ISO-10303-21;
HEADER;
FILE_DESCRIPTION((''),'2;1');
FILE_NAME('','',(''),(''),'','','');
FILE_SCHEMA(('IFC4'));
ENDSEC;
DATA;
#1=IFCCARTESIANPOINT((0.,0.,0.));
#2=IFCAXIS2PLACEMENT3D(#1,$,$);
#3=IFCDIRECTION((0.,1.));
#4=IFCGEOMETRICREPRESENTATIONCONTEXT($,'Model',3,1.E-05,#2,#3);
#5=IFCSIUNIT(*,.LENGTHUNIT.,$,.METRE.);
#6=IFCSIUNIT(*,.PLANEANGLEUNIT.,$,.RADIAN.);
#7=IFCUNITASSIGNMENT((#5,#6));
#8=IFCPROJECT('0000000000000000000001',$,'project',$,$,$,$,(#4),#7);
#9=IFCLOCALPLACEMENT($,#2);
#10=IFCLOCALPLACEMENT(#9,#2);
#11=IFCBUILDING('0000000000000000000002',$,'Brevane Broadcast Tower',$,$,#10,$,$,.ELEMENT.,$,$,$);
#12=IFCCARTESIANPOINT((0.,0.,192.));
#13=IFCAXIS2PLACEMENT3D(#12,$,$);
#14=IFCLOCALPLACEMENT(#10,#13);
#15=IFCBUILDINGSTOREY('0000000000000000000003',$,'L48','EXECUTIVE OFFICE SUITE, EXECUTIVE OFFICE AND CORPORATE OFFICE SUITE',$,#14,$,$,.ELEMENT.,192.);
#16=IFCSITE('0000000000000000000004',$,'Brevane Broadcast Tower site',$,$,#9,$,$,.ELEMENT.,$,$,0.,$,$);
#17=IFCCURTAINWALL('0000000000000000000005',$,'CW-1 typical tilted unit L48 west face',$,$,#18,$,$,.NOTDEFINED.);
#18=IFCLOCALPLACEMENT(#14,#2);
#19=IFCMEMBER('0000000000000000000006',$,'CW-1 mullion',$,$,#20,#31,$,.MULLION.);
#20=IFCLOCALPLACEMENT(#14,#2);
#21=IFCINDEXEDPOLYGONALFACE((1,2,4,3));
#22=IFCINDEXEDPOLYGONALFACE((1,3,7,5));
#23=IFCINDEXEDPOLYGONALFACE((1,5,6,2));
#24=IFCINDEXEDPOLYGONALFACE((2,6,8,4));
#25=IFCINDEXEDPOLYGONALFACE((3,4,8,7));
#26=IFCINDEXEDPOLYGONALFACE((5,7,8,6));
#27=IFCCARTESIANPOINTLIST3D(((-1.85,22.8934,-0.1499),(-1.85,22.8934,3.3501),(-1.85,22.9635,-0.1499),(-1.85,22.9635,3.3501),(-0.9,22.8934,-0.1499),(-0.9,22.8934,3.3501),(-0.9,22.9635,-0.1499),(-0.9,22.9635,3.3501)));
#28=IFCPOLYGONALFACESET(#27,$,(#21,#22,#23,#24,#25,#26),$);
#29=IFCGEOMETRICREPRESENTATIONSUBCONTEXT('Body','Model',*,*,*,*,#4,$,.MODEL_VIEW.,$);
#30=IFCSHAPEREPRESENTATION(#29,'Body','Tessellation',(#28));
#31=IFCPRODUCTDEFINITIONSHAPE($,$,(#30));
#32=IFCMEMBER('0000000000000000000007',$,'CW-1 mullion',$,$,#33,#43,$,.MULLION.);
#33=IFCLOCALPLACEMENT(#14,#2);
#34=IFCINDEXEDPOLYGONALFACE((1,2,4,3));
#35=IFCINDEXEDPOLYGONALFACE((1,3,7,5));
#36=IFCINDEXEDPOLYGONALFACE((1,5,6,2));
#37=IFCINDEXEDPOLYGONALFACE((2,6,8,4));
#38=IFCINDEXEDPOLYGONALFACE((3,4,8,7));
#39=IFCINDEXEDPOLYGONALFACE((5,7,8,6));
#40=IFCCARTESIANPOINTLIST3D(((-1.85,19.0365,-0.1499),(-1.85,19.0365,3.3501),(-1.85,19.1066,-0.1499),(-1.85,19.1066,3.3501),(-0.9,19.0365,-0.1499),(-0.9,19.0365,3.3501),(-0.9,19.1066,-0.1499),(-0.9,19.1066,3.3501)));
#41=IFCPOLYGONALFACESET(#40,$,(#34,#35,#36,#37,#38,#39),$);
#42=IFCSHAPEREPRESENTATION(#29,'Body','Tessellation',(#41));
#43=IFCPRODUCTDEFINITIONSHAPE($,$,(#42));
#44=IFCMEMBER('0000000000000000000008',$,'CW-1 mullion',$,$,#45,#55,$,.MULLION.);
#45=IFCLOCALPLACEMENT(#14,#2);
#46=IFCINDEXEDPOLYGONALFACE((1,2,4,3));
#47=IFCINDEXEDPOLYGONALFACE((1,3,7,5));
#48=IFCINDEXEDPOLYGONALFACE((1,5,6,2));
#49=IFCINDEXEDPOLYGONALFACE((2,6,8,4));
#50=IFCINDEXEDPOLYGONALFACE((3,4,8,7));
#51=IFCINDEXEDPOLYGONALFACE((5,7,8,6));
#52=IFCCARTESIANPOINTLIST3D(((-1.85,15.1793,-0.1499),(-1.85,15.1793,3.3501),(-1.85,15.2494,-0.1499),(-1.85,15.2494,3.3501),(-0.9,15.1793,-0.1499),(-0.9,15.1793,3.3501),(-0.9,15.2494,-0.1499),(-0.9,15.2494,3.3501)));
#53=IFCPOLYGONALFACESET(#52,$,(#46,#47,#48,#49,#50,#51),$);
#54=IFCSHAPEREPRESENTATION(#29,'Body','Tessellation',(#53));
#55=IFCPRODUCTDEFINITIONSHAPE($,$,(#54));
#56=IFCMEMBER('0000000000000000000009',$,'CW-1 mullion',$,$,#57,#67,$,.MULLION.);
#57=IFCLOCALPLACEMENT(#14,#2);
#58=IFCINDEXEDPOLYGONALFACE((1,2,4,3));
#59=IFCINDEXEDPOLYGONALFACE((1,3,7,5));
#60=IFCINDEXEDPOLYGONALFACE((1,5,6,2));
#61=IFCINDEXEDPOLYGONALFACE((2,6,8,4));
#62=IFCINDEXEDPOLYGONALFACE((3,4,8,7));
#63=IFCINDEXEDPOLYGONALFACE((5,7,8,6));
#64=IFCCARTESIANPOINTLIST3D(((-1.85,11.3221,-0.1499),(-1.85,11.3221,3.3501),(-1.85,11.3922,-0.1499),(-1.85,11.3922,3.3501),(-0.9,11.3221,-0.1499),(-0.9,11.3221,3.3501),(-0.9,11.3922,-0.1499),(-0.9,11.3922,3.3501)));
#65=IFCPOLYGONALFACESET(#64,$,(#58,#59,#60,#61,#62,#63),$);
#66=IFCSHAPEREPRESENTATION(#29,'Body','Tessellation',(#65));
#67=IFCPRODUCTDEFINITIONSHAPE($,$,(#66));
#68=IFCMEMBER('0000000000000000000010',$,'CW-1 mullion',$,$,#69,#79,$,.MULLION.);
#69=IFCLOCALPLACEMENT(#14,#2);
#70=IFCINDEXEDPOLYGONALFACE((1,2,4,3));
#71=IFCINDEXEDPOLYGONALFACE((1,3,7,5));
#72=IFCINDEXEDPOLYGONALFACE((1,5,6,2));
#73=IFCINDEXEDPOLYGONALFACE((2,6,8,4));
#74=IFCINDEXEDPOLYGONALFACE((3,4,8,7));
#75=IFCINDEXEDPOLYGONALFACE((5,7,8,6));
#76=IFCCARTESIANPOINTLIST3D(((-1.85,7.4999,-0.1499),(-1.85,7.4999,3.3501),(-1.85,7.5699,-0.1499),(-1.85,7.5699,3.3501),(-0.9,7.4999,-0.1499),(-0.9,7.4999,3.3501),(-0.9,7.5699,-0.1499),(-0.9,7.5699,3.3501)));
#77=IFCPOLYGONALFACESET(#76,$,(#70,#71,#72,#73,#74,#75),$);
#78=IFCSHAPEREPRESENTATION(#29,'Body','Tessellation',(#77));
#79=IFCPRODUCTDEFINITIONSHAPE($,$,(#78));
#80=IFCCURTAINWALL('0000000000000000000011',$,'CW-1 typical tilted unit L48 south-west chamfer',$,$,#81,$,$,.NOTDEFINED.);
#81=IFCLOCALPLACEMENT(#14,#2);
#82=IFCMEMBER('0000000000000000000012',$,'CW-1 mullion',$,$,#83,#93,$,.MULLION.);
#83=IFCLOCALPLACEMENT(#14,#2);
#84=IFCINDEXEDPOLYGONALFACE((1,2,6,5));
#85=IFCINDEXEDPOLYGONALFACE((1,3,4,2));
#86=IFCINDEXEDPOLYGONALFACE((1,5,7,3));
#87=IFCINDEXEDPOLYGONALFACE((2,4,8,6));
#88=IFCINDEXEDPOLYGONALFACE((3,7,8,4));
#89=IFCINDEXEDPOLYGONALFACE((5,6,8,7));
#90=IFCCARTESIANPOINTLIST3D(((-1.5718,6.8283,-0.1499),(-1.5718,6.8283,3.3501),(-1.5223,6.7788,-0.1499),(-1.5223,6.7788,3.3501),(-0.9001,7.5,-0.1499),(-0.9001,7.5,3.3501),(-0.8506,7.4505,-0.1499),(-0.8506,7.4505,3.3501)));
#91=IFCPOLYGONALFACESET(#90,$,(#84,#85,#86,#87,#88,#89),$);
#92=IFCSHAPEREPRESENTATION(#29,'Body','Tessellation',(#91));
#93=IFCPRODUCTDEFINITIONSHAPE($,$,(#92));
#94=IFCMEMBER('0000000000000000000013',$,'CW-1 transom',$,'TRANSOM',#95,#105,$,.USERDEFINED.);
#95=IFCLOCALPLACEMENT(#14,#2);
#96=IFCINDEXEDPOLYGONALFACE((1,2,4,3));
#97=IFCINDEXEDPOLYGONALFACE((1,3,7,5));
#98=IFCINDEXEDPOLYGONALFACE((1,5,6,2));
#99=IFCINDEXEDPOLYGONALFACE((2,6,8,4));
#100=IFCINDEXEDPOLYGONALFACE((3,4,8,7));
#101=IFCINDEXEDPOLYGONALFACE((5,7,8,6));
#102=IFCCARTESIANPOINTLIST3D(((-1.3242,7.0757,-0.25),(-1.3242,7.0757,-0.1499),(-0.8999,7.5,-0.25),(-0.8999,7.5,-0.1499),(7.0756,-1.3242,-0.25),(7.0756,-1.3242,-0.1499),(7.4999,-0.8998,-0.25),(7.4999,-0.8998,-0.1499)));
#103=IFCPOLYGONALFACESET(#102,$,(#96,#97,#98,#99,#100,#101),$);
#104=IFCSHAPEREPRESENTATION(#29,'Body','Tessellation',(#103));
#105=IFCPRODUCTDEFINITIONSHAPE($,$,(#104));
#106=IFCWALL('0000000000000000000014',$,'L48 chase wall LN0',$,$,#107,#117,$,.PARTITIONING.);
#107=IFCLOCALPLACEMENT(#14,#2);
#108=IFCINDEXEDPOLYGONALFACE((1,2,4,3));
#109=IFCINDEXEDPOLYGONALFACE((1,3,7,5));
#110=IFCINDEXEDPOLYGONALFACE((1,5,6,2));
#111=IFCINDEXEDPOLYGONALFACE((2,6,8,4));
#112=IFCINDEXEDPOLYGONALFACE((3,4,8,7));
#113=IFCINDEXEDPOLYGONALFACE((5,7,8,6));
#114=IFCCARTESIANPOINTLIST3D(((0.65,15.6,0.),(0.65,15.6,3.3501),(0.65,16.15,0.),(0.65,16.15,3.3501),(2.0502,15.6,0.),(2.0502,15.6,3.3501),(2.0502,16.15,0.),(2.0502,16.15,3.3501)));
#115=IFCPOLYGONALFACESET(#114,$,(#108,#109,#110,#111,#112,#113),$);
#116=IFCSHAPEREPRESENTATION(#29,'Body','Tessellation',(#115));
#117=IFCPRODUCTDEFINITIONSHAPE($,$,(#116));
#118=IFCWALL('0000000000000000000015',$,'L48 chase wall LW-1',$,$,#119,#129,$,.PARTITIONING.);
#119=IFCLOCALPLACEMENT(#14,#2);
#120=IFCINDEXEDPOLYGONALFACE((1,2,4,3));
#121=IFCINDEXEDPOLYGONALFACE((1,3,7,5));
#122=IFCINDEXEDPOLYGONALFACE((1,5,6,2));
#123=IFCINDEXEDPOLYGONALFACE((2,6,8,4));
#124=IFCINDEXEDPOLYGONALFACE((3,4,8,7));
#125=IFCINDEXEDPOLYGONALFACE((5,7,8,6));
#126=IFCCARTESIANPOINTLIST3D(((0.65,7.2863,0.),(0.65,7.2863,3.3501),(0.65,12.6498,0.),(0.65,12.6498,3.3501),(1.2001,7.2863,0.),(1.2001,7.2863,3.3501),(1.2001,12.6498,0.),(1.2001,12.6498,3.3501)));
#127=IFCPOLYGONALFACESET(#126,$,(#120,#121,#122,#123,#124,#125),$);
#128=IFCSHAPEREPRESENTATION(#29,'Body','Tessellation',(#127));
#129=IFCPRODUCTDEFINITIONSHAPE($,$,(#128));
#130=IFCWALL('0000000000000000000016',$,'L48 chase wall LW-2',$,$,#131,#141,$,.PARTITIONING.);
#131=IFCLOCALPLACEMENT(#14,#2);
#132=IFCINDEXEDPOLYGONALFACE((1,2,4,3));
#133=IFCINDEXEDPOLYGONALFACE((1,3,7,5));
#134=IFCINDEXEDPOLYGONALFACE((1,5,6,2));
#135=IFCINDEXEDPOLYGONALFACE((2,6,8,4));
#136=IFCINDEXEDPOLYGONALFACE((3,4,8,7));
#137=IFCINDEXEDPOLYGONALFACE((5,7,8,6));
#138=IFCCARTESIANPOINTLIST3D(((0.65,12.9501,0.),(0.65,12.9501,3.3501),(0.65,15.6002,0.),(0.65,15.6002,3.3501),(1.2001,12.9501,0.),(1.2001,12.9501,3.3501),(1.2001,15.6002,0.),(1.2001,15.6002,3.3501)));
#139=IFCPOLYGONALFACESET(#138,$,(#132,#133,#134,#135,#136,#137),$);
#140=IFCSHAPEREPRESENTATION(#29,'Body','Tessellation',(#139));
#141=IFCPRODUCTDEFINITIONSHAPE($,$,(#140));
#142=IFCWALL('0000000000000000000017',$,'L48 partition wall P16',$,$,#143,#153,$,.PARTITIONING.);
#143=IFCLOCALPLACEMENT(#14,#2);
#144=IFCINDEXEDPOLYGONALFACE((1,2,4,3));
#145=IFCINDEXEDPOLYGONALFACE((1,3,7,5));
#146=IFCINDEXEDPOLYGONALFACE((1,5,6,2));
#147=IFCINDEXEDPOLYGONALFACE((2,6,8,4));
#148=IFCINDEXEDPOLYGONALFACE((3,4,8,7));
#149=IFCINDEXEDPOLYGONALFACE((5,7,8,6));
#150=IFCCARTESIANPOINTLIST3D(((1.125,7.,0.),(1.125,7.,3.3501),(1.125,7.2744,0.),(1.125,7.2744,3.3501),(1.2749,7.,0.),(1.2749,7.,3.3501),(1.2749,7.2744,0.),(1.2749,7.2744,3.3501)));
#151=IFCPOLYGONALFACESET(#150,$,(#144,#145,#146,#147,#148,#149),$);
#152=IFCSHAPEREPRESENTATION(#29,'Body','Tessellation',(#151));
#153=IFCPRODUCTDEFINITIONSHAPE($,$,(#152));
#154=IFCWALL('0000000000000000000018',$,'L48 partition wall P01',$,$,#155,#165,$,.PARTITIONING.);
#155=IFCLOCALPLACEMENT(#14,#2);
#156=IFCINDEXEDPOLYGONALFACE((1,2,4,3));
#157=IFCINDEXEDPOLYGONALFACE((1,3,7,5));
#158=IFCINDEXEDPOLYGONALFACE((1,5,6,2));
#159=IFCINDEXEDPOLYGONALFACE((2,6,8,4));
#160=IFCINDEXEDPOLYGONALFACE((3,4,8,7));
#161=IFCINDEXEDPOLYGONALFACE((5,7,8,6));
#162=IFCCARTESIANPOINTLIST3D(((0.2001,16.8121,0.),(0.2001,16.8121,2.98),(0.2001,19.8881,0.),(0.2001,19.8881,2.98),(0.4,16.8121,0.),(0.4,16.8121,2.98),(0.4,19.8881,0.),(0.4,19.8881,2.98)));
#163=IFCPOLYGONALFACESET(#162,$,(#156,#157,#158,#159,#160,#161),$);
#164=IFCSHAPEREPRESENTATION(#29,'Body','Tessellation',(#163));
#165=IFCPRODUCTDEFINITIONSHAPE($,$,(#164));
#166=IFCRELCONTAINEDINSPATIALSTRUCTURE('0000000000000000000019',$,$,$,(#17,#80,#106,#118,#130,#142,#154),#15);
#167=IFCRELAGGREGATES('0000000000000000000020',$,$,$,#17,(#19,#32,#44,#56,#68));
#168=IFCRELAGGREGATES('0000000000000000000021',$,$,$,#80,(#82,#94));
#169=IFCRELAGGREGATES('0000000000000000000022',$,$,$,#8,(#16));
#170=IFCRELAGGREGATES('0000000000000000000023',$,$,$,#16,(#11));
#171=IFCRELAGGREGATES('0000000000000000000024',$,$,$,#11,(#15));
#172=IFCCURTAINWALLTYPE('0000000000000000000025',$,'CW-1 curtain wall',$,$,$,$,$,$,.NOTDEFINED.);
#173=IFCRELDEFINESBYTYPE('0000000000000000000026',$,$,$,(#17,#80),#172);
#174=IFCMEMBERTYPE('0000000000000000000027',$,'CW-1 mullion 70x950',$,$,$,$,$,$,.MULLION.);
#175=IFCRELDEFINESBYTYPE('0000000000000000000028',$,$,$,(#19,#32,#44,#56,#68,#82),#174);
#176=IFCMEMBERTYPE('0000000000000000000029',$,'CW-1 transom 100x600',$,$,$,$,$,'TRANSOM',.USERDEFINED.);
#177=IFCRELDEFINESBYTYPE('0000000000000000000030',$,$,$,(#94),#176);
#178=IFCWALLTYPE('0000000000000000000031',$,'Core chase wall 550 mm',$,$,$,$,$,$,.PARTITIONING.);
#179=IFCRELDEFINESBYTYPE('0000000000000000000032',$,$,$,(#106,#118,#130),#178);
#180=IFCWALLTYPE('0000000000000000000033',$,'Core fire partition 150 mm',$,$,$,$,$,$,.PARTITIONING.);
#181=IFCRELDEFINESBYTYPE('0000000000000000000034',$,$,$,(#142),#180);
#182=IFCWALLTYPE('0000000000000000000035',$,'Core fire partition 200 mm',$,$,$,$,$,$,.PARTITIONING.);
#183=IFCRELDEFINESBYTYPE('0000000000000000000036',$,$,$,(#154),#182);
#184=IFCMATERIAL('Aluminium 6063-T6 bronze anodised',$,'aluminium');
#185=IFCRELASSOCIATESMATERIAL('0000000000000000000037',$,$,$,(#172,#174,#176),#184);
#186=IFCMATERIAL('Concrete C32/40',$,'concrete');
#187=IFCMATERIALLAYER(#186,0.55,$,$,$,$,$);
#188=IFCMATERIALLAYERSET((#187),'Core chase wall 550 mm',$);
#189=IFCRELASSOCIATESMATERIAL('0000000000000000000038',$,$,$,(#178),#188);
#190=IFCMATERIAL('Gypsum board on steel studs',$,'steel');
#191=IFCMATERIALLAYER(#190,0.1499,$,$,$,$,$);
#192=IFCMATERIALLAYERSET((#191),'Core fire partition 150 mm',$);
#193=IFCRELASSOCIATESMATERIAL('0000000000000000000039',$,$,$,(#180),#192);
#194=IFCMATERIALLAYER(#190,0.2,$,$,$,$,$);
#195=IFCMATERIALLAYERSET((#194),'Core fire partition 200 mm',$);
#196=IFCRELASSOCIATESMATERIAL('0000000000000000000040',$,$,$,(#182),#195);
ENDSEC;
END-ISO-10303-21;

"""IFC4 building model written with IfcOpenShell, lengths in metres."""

from ifc_helpers import new_model, si_unit, direction, frame, frame_2d, origin, origin_2d, place, context, subcontext, project, spatial, rectangle, extrude, material, layer, layer_set, material_profile, profile_set, type_object, element, aggregate, save


model = new_model("IFC4")

# Units and contexts
model_context = context("Model", 3, precision=1e-05, world=origin(), true_north=direction((0.0, 1.0)))
body_context = subcontext(model_context, "Body", "Model", "MODEL_VIEW")
ifc_project = project(units=[si_unit("LENGTHUNIT", "METRE"), si_unit("PLANEANGLEUNIT", "RADIAN")], contexts=[model_context])

# Site, building, storey
site_placement = place(None, origin())
site = spatial("IfcSite", under=ifc_project, at=site_placement, Name="Brevane Broadcast Tower site", CompositionType="ELEMENT", RefElevation=0.0)
building_placement = place(site_placement, origin())
building = spatial("IfcBuilding", under=site, at=building_placement, Name="Brevane Broadcast Tower", CompositionType="ELEMENT")
storey_placement = place(building_placement, frame((0.0, 0.0, 192.0)))
storey = spatial("IfcBuildingStorey", under=building, at=storey_placement, Name="L48", Description="EXECUTIVE OFFICE SUITE, EXECUTIVE OFFICE AND CORPORATE OFFICE SUITE", CompositionType="ELEMENT", Elevation=192.0)

# Curtain walls, members
ifc_material_1 = material(Name="Aluminium 6063-T6 bronze anodised", Category="aluminium")
curtain_wall_type = type_object("IfcCurtainWallType", Name="CW-1 curtain wall", PredefinedType="NOTDEFINED", material=ifc_material_1)
curtain_wall_1_placement = place(storey_placement, origin())
curtain_wall_1 = element("IfcCurtainWall", 1, at=curtain_wall_1_placement, inside=storey, type_object=curtain_wall_type, Name="CW-1 typical tilted unit L48 west face", PredefinedType="NOTDEFINED")
ifc_material_profile_1 = material_profile(ifc_material_1, rectangle(XDim=0.95, YDim=0.0701, at=origin_2d()), Name="RECT 70x950")
ifc_profile_set_1 = profile_set([ifc_material_profile_1], Name="Aluminium 6063-T6 bronze anodised")
member_type_1 = type_object("IfcMemberType", Name="CW-1 mullion 70x950", PredefinedType="MULLION", material=ifc_profile_set_1)
member_1_placement = place(storey_placement, frame((-1.375, 22.9285, -0.1499), z_axis=(0.0, 0.0, 1.0), x_axis=(1.0, 0.0, 0.0)))
member_1 = element("IfcMember", 2, at=member_1_placement, type_object=member_type_1, Name="CW-1 mullion", PredefinedType="MULLION", context=body_context, shape_type="SweptSolid", body=[
    extrude(rectangle(XDim=0.95, YDim=0.0701, at=origin_2d()), origin(), (0.0, 0.0, 1.0), 3.5),
])
member_2_placement = place(storey_placement, frame((-1.375, 19.0715, -0.1499), z_axis=(0.0, 0.0, 1.0), x_axis=(1.0, 0.0, 0.0)))
member_2 = element("IfcMember", 3, at=member_2_placement, type_object=member_type_1, Name="CW-1 mullion", PredefinedType="MULLION", context=body_context, shape_type="SweptSolid", body=[
    extrude(rectangle(XDim=0.95, YDim=0.0701, at=origin_2d()), origin(), (0.0, 0.0, 1.0), 3.5),
])
member_3_placement = place(storey_placement, frame((-1.375, 15.2144, -0.1499), z_axis=(0.0, 0.0, 1.0), x_axis=(1.0, 0.0, 0.0)))
member_3 = element("IfcMember", 4, at=member_3_placement, type_object=member_type_1, Name="CW-1 mullion", PredefinedType="MULLION", context=body_context, shape_type="SweptSolid", body=[
    extrude(rectangle(XDim=0.95, YDim=0.0701, at=origin_2d()), origin(), (0.0, 0.0, 1.0), 3.5),
])
member_4_placement = place(storey_placement, frame((-1.375, 11.3572, -0.1499), z_axis=(0.0, 0.0, 1.0), x_axis=(1.0, 0.0, 0.0)))
member_4 = element("IfcMember", 5, at=member_4_placement, type_object=member_type_1, Name="CW-1 mullion", PredefinedType="MULLION", context=body_context, shape_type="SweptSolid", body=[
    extrude(rectangle(XDim=0.95, YDim=0.0701, at=origin_2d()), origin(), (0.0, 0.0, 1.0), 3.5),
])
member_5_placement = place(storey_placement, frame((-1.375, 7.5349, -0.1499), z_axis=(0.0, 0.0, 1.0), x_axis=(1.0, 0.0, 0.0)))
member_5 = element("IfcMember", 6, at=member_5_placement, type_object=member_type_1, Name="CW-1 mullion", PredefinedType="MULLION", context=body_context, shape_type="SweptSolid", body=[
    extrude(rectangle(XDim=0.95, YDim=0.0701, at=origin_2d()), origin(), (0.0, 0.0, 1.0), 3.5),
])
aggregate(curtain_wall_1, [member_1, member_2, member_3, member_4, member_5])
curtain_wall_2_placement = place(storey_placement, origin())
curtain_wall_2 = element("IfcCurtainWall", 7, at=curtain_wall_2_placement, inside=storey, type_object=curtain_wall_type, Name="CW-1 typical tilted unit L48 south-west chamfer", PredefinedType="NOTDEFINED")
member_6_placement = place(storey_placement, frame((-1.2112, 7.1394, -0.1499), z_axis=(0.0, 0.0, 1.0), x_axis=(0.707107, 0.707107, 0.0)))
member_6 = element("IfcMember", 8, at=member_6_placement, type_object=member_type_1, Name="CW-1 mullion", PredefinedType="MULLION", context=body_context, shape_type="SweptSolid", body=[
    extrude(rectangle(XDim=0.95, YDim=0.0701, at=origin_2d()), origin(), (0.0, 0.0, 1.0), 3.5),
])
ifc_material_profile_2 = material_profile(ifc_material_1, rectangle(XDim=0.6001, YDim=0.1001, at=origin_2d()), Name="RECT 100x600")
ifc_profile_set_2 = profile_set([ifc_material_profile_2], Name="Aluminium 6063-T6 bronze anodised")
member_type_2 = type_object("IfcMemberType", Name="CW-1 transom 100x600", ElementType="TRANSOM", PredefinedType="USERDEFINED", material=ifc_profile_set_2)
member_7_placement = place(storey_placement, frame((-1.1121, 7.2878, -0.2), z_axis=(0.707107, -0.707107, 0.0), x_axis=(0.707107, 0.707107, 0.0)))
member_7 = element("IfcMember", 9, at=member_7_placement, type_object=member_type_2, Name="CW-1 transom", ObjectType="TRANSOM", PredefinedType="USERDEFINED", context=body_context, shape_type="SweptSolid", body=[
    extrude(rectangle(XDim=0.6001, YDim=0.1001, at=origin_2d()), origin(), (0.0, 0.0, 1.0), 11.8792),
])
aggregate(curtain_wall_2, [member_6, member_7])

# Walls
ifc_material_2 = material(Name="Concrete C32/40", Category="concrete")
ifc_layer_1 = layer(ifc_material_2, 0.55)
ifc_layer_set_1 = layer_set([ifc_layer_1], Name="Core chase wall 550 mm")
wall_type_1 = type_object("IfcWallType", Name="Core chase wall 550 mm", PredefinedType="PARTITIONING", material=ifc_layer_set_1)
wall_1_placement = place(storey_placement, frame((0.6499, 15.875, 0.0), z_axis=(0.0, 0.0, 1.0), x_axis=(1.0, 0.0, 0.0)))
element("IfcWall", 10, at=wall_1_placement, inside=storey, type_object=wall_type_1, Name="L48 chase wall LN0", PredefinedType="PARTITIONING", context=body_context, shape_type="SweptSolid", body=[
    extrude(rectangle(XDim=1.4001, YDim=0.55, at=frame_2d((0.7002, 0.0))), origin(), (0.0, 0.0, 1.0), 3.3501),
])
wall_2_placement = place(storey_placement, frame((0.925, 7.2864, 0.0), z_axis=(0.0, 0.0, 1.0), x_axis=(0.0, 1.0, 0.0)))
element("IfcWall", 11, at=wall_2_placement, inside=storey, type_object=wall_type_1, Name="L48 chase wall LW-1", PredefinedType="PARTITIONING", context=body_context, shape_type="SweptSolid", body=[
    extrude(rectangle(XDim=5.3635, YDim=0.55, at=frame_2d((2.6816, 0.0))), origin(), (0.0, 0.0, 1.0), 3.3501),
])
wall_3_placement = place(storey_placement, frame((0.925, 12.95, 0.0), z_axis=(0.0, 0.0, 1.0), x_axis=(0.0, 1.0, 0.0)))
element("IfcWall", 12, at=wall_3_placement, inside=storey, type_object=wall_type_1, Name="L48 chase wall LW-2", PredefinedType="PARTITIONING", context=body_context, shape_type="SweptSolid", body=[
    extrude(rectangle(XDim=2.6501, YDim=0.55, at=frame_2d((1.3252, 0.0))), origin(), (0.0, 0.0, 1.0), 3.3501),
])
ifc_material_3 = material(Name="Gypsum board on steel studs", Category="steel")
ifc_layer_2 = layer(ifc_material_3, 0.1499)
ifc_layer_set_2 = layer_set([ifc_layer_2], Name="Core fire partition 150 mm")
wall_type_2 = type_object("IfcWallType", Name="Core fire partition 150 mm", PredefinedType="PARTITIONING", material=ifc_layer_set_2)
wall_4_placement = place(storey_placement, frame((1.2, 7.2744, 0.0), z_axis=(0.0, 0.0, 1.0), x_axis=(0.0, -1.0, 0.0)))
element("IfcWall", 13, at=wall_4_placement, inside=storey, type_object=wall_type_2, Name="L48 partition wall P16", PredefinedType="PARTITIONING", context=body_context, shape_type="SweptSolid", body=[
    extrude(rectangle(XDim=0.2744, YDim=0.1499, at=frame_2d((0.1372, 0.0))), origin(), (0.0, 0.0, 1.0), 3.3501),
])
ifc_layer_3 = layer(ifc_material_3, 0.2)
ifc_layer_set_3 = layer_set([ifc_layer_3], Name="Core fire partition 200 mm")
wall_type_3 = type_object("IfcWallType", Name="Core fire partition 200 mm", PredefinedType="PARTITIONING", material=ifc_layer_set_3)
wall_5_placement = place(storey_placement, frame((0.3, 16.812, 0.0), z_axis=(0.0, 0.0, 1.0), x_axis=(0.0, 1.0, 0.0)))
element("IfcWall", 14, at=wall_5_placement, inside=storey, type_object=wall_type_3, Name="L48 partition wall P01", PredefinedType="PARTITIONING", context=body_context, shape_type="SweptSolid", body=[
    extrude(rectangle(XDim=3.0759, YDim=0.2, at=frame_2d((1.5381, 0.0))), origin(), (0.0, 0.0, 1.0), 2.98),
])

save(model, "model.ifc")
